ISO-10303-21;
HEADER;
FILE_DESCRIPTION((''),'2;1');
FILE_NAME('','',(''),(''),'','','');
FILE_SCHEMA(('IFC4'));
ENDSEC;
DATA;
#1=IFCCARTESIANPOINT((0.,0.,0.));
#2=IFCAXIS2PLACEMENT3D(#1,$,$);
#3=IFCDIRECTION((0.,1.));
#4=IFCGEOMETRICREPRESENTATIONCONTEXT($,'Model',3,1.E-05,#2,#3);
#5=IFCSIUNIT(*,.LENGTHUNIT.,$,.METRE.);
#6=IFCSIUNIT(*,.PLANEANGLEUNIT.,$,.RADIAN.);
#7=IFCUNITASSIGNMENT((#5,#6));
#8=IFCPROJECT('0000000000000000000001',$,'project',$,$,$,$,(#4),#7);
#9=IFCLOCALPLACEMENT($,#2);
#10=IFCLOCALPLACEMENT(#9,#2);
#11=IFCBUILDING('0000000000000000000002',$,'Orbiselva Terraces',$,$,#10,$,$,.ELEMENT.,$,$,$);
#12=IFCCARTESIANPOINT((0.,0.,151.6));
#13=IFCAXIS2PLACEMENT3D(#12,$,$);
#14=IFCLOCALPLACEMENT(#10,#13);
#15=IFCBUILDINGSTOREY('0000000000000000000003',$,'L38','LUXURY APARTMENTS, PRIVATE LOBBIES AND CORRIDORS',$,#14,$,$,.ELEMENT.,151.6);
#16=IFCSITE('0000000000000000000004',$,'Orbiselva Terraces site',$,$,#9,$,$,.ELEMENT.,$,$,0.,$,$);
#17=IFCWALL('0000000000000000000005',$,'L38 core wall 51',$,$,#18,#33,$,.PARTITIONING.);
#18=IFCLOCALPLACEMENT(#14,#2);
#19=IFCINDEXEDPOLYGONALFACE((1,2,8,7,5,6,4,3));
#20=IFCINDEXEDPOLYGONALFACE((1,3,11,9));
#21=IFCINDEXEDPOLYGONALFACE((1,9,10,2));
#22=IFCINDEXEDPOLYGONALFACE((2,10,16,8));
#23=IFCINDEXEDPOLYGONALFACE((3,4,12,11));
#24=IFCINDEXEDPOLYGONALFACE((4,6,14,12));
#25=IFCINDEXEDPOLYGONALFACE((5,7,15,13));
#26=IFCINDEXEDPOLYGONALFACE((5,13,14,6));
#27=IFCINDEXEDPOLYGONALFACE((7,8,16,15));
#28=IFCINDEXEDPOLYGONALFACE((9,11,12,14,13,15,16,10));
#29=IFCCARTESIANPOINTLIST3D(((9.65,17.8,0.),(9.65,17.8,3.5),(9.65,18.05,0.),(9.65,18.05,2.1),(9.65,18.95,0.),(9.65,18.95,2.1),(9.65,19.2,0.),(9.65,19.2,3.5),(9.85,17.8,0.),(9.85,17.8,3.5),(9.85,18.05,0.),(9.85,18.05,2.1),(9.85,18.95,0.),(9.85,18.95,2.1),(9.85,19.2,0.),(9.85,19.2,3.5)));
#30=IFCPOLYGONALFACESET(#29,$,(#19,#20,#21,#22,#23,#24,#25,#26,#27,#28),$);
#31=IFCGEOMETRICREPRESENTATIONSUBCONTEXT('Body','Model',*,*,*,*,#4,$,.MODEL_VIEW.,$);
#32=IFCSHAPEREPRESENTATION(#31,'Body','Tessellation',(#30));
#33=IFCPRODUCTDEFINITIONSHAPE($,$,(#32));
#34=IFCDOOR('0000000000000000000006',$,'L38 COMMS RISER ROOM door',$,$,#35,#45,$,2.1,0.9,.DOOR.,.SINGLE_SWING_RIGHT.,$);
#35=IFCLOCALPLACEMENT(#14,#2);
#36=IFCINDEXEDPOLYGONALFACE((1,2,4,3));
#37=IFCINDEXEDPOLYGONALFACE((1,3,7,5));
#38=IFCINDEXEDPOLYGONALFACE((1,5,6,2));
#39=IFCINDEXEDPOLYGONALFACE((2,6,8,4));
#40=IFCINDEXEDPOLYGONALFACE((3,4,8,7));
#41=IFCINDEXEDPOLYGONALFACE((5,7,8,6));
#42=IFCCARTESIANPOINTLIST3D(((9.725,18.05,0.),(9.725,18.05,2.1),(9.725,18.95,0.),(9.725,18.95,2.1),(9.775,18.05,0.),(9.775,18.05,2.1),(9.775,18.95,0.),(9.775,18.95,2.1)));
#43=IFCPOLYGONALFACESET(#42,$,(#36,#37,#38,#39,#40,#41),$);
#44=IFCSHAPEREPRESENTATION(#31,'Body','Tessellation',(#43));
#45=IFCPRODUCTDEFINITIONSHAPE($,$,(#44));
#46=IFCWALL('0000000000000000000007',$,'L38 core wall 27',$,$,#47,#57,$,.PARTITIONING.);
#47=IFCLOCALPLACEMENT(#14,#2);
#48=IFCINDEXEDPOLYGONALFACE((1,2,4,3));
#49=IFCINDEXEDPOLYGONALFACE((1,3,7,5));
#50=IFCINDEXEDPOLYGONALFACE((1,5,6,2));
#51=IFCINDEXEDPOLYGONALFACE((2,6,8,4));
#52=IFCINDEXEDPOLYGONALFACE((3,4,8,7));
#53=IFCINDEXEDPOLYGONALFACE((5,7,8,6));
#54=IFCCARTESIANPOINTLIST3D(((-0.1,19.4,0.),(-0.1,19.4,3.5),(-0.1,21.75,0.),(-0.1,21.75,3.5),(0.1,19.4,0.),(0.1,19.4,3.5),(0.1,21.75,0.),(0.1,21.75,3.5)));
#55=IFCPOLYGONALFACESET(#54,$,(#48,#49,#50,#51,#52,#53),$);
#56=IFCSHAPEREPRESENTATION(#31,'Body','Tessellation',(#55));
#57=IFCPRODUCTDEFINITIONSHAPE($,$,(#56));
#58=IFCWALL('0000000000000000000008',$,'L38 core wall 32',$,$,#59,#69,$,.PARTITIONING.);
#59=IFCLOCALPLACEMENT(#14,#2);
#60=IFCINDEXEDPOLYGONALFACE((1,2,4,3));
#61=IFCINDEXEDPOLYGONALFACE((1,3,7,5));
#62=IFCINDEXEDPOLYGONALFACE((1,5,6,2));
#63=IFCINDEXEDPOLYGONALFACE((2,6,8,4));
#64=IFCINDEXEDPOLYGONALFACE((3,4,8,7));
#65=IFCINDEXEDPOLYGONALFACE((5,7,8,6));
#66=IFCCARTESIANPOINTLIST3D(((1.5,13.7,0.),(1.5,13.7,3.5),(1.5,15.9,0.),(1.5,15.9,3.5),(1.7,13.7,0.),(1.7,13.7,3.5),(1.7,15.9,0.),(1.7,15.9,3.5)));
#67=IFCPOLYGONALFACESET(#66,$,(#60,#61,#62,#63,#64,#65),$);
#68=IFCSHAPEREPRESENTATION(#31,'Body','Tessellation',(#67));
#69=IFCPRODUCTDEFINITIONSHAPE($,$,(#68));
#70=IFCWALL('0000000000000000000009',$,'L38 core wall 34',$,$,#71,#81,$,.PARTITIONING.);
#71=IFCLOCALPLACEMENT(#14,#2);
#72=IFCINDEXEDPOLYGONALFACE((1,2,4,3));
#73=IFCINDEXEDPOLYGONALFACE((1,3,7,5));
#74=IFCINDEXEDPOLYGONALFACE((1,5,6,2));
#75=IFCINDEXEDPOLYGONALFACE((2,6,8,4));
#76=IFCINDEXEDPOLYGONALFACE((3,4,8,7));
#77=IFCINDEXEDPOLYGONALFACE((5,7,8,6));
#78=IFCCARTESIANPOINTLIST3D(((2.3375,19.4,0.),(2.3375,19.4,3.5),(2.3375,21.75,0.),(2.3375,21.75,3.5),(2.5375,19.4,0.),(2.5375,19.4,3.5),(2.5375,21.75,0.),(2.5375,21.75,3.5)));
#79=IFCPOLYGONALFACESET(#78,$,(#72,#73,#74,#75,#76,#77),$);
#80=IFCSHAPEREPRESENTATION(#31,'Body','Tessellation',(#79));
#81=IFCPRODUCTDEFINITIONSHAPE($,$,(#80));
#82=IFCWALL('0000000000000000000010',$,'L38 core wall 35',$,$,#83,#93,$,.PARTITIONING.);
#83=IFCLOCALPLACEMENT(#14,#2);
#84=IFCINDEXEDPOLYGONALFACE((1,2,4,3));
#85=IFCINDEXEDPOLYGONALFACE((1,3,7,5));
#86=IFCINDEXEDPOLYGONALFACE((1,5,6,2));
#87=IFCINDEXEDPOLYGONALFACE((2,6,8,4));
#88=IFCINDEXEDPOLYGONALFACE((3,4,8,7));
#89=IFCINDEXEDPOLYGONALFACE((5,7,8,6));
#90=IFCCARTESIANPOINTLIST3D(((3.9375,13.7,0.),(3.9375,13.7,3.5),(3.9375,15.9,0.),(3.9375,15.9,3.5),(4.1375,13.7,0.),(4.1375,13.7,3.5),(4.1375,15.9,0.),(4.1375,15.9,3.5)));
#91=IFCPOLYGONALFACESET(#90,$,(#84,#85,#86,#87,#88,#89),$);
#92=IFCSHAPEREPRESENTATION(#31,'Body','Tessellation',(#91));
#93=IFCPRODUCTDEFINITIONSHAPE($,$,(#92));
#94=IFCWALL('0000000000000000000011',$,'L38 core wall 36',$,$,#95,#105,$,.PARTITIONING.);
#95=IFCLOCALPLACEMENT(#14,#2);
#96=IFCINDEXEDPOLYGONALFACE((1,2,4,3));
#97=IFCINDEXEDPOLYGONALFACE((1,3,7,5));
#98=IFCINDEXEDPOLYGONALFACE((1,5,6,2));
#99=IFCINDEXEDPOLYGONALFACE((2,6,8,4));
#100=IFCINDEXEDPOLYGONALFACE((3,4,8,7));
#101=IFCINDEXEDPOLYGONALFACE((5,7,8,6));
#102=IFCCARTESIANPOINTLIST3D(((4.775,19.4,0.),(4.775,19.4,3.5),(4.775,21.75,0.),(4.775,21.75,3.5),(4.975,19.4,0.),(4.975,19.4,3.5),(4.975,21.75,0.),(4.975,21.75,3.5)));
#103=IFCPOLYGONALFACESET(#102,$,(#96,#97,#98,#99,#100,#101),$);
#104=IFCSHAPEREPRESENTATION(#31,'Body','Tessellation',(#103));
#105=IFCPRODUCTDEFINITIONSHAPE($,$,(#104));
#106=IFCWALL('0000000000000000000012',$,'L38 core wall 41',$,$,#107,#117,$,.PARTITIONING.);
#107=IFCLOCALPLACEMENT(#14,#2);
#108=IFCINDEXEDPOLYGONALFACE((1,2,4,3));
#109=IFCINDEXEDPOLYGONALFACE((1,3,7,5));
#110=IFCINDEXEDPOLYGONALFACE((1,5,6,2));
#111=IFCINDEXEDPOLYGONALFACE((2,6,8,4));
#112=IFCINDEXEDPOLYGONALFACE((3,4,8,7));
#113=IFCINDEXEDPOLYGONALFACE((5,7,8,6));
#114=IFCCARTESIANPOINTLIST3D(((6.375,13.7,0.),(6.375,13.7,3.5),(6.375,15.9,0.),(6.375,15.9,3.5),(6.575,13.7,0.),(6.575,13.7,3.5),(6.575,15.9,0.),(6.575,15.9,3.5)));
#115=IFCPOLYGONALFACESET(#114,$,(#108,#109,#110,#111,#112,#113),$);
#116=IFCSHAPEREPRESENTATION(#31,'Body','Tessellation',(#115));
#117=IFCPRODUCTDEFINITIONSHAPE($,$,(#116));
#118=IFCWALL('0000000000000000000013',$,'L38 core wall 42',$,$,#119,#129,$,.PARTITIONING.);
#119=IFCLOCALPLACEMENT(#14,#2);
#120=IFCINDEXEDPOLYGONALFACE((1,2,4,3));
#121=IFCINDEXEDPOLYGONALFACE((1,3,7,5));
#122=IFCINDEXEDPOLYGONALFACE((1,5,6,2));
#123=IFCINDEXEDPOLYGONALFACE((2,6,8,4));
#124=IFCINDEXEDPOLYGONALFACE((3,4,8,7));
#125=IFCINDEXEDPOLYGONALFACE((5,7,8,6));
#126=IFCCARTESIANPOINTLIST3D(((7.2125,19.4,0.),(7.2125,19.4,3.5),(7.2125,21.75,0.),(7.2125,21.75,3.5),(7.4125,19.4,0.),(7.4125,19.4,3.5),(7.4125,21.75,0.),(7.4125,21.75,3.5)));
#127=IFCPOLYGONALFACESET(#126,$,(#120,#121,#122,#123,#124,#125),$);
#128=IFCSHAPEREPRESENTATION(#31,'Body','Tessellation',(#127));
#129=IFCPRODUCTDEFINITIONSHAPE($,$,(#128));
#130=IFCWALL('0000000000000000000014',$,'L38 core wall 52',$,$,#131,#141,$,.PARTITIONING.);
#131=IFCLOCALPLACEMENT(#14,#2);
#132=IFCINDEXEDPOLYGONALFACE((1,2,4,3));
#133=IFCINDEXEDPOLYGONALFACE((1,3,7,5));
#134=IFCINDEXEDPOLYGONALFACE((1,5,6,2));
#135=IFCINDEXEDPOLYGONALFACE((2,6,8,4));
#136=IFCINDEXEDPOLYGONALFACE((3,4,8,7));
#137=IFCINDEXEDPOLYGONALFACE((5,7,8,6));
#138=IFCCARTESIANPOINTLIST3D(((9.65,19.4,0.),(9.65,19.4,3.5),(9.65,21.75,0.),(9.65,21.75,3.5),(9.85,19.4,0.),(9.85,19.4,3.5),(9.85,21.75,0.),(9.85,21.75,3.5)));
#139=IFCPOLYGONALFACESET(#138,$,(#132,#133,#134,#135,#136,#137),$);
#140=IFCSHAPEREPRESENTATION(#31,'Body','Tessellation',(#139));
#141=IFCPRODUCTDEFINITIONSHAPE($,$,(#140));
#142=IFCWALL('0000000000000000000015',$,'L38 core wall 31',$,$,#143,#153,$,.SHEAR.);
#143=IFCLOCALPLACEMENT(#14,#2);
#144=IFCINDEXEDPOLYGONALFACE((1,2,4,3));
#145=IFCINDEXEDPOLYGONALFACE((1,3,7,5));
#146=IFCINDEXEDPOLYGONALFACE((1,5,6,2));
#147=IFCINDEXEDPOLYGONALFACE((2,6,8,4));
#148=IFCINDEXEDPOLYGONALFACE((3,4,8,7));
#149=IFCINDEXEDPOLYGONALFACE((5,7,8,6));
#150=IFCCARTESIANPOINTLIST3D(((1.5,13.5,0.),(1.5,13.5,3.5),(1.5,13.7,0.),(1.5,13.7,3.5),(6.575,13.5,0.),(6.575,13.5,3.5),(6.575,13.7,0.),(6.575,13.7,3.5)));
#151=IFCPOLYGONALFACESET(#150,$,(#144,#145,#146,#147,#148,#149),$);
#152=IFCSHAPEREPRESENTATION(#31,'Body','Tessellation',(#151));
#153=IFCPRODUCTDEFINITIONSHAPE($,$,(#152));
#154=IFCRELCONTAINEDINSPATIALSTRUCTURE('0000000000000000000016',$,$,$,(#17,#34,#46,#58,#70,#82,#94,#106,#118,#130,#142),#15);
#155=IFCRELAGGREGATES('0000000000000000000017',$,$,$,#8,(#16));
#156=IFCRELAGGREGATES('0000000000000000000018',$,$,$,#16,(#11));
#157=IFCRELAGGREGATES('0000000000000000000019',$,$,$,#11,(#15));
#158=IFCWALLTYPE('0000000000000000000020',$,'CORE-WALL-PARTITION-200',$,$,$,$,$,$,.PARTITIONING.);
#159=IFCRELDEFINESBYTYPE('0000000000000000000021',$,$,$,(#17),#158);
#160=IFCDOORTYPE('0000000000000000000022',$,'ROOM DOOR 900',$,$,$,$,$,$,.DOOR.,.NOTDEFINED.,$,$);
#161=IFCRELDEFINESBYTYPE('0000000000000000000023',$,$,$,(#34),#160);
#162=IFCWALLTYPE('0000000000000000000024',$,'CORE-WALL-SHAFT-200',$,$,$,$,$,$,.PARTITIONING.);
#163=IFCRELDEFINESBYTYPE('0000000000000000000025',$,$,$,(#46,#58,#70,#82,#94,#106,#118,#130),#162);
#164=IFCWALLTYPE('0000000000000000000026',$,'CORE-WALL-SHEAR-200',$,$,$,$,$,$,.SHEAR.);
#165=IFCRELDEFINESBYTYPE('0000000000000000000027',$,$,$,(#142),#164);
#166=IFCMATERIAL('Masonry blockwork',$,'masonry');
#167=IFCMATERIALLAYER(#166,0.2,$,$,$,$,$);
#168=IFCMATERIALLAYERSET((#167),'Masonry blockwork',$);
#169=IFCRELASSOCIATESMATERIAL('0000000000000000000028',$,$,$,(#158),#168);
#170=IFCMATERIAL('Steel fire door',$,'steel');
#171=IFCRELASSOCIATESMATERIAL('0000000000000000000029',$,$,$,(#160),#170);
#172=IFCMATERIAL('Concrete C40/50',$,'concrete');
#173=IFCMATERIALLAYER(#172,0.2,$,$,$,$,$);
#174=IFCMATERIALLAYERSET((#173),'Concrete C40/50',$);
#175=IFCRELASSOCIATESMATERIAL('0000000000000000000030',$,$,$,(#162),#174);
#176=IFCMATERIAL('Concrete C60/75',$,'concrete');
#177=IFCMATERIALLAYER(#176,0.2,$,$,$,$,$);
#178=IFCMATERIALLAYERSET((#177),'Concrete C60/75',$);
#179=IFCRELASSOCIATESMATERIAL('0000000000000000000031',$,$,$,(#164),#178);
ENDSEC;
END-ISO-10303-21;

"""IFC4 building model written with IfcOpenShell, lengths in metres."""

from ifc_helpers import new_model, si_unit, direction, frame, frame_2d, origin, place, context, subcontext, project, spatial, rectangle, extrude, material, layer, layer_set, type_object, element, fill, save


model = new_model("IFC4")

# Units and contexts
model_context = context("Model", 3, precision=1e-05, world=origin(), true_north=direction((0.0, 1.0)))
body_context = subcontext(model_context, "Body", "Model", "MODEL_VIEW")
ifc_project = project(units=[si_unit("LENGTHUNIT", "METRE"), si_unit("PLANEANGLEUNIT", "RADIAN")], contexts=[model_context])

# Site, building, storey
site_placement = place(None, origin())
site = spatial("IfcSite", under=ifc_project, at=site_placement, Name="Orbiselva Terraces site", CompositionType="ELEMENT", RefElevation=0.0)
building_placement = place(site_placement, origin())
building = spatial("IfcBuilding", under=site, at=building_placement, Name="Orbiselva Terraces", CompositionType="ELEMENT")
storey_placement = place(building_placement, frame((0.0, 0.0, 151.6)))
storey = spatial("IfcBuildingStorey", under=building, at=storey_placement, Name="L38", Description="LUXURY APARTMENTS, PRIVATE LOBBIES AND CORRIDORS", CompositionType="ELEMENT", Elevation=151.6)

# Wall, opening, door
ifc_material_1 = material(Name="Masonry blockwork", Category="masonry")
ifc_layer_1 = layer(ifc_material_1, 0.2)
ifc_layer_set_1 = layer_set([ifc_layer_1], Name="Masonry blockwork")
wall_type_1 = type_object("IfcWallType", Name="CORE-WALL-PARTITION-200", PredefinedType="PARTITIONING", material=ifc_layer_set_1)
wall_1_placement = place(storey_placement, frame((9.75, 19.2, 0.0), z_axis=(0.0, 0.0, 1.0), x_axis=(0.0, -1.0, 0.0)))
wall_1 = element("IfcWall", 1, at=wall_1_placement, inside=storey, type_object=wall_type_1, Name="L38 core wall 51", PredefinedType="PARTITIONING", context=body_context, shape_type="SweptSolid", body=[
    extrude(rectangle(XDim=1.4, YDim=0.2, at=frame_2d((0.7, 0.0))), origin(), (0.0, 0.0, 1.0), 3.5),
])
opening_1_placement = place(wall_1_placement, frame((0.25, 0.0, 0.0)))
opening_1 = element("IfcOpeningElement", 2, at=opening_1_placement, cuts=wall_1, PredefinedType="OPENING", context=body_context, shape_type="SweptSolid", body=[
    extrude(rectangle(XDim=0.9, YDim=2.1, at=frame_2d((0.45, 1.05))), frame((0.0, 0.11, 0.0), z_axis=(0.0, -1.0, 0.0), x_axis=(1.0, 0.0, 0.0)), (0.0, 0.0, 1.0), 0.22),
])
ifc_material_2 = material(Name="Steel fire door", Category="steel")
door_type_1 = type_object("IfcDoorType", Name="ROOM DOOR 900", OperationType="NOTDEFINED", PredefinedType="DOOR", material=ifc_material_2)
door_1_placement = place(opening_1_placement, origin())
door_1 = element("IfcDoor", 3, at=door_1_placement, inside=storey, type_object=door_type_1, Name="L38 COMMS RISER ROOM door", OperationType="SINGLE_SWING_RIGHT", OverallHeight=2.1, OverallWidth=0.9, PredefinedType="DOOR", context=body_context, shape_type="SweptSolid", body=[
    extrude(rectangle(XDim=0.9, YDim=2.1, at=frame_2d((0.45, 1.05))), frame((0.0, 0.025, 0.0), z_axis=(0.0, -1.0, 0.0), x_axis=(1.0, 0.0, 0.0)), (0.0, 0.0, 1.0), 0.05),
])
fill(opening_1, door_1)

# Walls
ifc_material_3 = material(Name="Concrete C40/50", Category="concrete")
ifc_layer_2 = layer(ifc_material_3, 0.2)
ifc_layer_set_2 = layer_set([ifc_layer_2], Name="Concrete C40/50")
wall_type_2 = type_object("IfcWallType", Name="CORE-WALL-SHAFT-200", PredefinedType="PARTITIONING", material=ifc_layer_set_2)
wall_2_placement = place(storey_placement, frame((0.0, 19.4, 0.0), z_axis=(0.0, 0.0, 1.0), x_axis=(0.0, 1.0, 0.0)))
element("IfcWall", 4, at=wall_2_placement, inside=storey, type_object=wall_type_2, Name="L38 core wall 27", PredefinedType="PARTITIONING", context=body_context, shape_type="SweptSolid", body=[
    extrude(rectangle(XDim=2.35, YDim=0.2, at=frame_2d((1.175, 0.0))), origin(), (0.0, 0.0, 1.0), 3.5),
])
wall_3_placement = place(storey_placement, frame((1.6, 13.7, 0.0), z_axis=(0.0, 0.0, 1.0), x_axis=(0.0, 1.0, 0.0)))
element("IfcWall", 5, at=wall_3_placement, inside=storey, type_object=wall_type_2, Name="L38 core wall 32", PredefinedType="PARTITIONING", context=body_context, shape_type="SweptSolid", body=[
    extrude(rectangle(XDim=2.2, YDim=0.2, at=frame_2d((1.1, 0.0))), origin(), (0.0, 0.0, 1.0), 3.5),
])
wall_4_placement = place(storey_placement, frame((2.4375, 19.4, 0.0), z_axis=(0.0, 0.0, 1.0), x_axis=(0.0, 1.0, 0.0)))
element("IfcWall", 6, at=wall_4_placement, inside=storey, type_object=wall_type_2, Name="L38 core wall 34", PredefinedType="PARTITIONING", context=body_context, shape_type="SweptSolid", body=[
    extrude(rectangle(XDim=2.35, YDim=0.2, at=frame_2d((1.175, 0.0))), origin(), (0.0, 0.0, 1.0), 3.5),
])
wall_5_placement = place(storey_placement, frame((4.0375, 13.7, 0.0), z_axis=(0.0, 0.0, 1.0), x_axis=(0.0, 1.0, 0.0)))
element("IfcWall", 7, at=wall_5_placement, inside=storey, type_object=wall_type_2, Name="L38 core wall 35", PredefinedType="PARTITIONING", context=body_context, shape_type="SweptSolid", body=[
    extrude(rectangle(XDim=2.2, YDim=0.2, at=frame_2d((1.1, 0.0))), origin(), (0.0, 0.0, 1.0), 3.5),
])
wall_6_placement = place(storey_placement, frame((4.875, 19.4, 0.0), z_axis=(0.0, 0.0, 1.0), x_axis=(0.0, 1.0, 0.0)))
element("IfcWall", 8, at=wall_6_placement, inside=storey, type_object=wall_type_2, Name="L38 core wall 36", PredefinedType="PARTITIONING", context=body_context, shape_type="SweptSolid", body=[
    extrude(rectangle(XDim=2.35, YDim=0.2, at=frame_2d((1.175, 0.0))), origin(), (0.0, 0.0, 1.0), 3.5),
])
wall_7_placement = place(storey_placement, frame((6.475, 13.7, 0.0), z_axis=(0.0, 0.0, 1.0), x_axis=(0.0, 1.0, 0.0)))
element("IfcWall", 9, at=wall_7_placement, inside=storey, type_object=wall_type_2, Name="L38 core wall 41", PredefinedType="PARTITIONING", context=body_context, shape_type="SweptSolid", body=[
    extrude(rectangle(XDim=2.2, YDim=0.2, at=frame_2d((1.1, 0.0))), origin(), (0.0, 0.0, 1.0), 3.5),
])
for number, where, z_axis, x_axis, name in (
    (10, (7.3125, 19.4, 0.0), (0.0, 0.0, 1.0), (0.0, 1.0, 0.0), "L38 core wall 42"),
    (11, (9.75, 19.4, 0.0), (0.0, 0.0, 1.0), (0.0, 1.0, 0.0), "L38 core wall 52"),
):
    element("IfcWall", number, at=place(storey_placement, frame(where, z_axis=z_axis, x_axis=x_axis)), inside=storey, type_object=wall_type_2, Name=name, PredefinedType="PARTITIONING", context=body_context, shape_type="SweptSolid", body=[
        extrude(rectangle(XDim=2.35, YDim=0.2, at=frame_2d((1.175, 0.0))), origin(), (0.0, 0.0, 1.0), 3.5),
    ])
ifc_material_4 = material(Name="Concrete C60/75", Category="concrete")
ifc_layer_3 = layer(ifc_material_4, 0.2)
ifc_layer_set_3 = layer_set([ifc_layer_3], Name="Concrete C60/75")
wall_type_3 = type_object("IfcWallType", Name="CORE-WALL-SHEAR-200", PredefinedType="SHEAR", material=ifc_layer_set_3)
wall_8_placement = place(storey_placement, frame((1.5, 13.6, 0.0), z_axis=(0.0, 0.0, 1.0), x_axis=(1.0, 0.0, 0.0)))
element("IfcWall", 12, at=wall_8_placement, inside=storey, type_object=wall_type_3, Name="L38 core wall 31", PredefinedType="SHEAR", context=body_context, shape_type="SweptSolid", body=[
    extrude(rectangle(XDim=5.075, YDim=0.2, at=frame_2d((2.5375, 0.0))), origin(), (0.0, 0.0, 1.0), 3.5),
])

save(model, "model.ifc")
